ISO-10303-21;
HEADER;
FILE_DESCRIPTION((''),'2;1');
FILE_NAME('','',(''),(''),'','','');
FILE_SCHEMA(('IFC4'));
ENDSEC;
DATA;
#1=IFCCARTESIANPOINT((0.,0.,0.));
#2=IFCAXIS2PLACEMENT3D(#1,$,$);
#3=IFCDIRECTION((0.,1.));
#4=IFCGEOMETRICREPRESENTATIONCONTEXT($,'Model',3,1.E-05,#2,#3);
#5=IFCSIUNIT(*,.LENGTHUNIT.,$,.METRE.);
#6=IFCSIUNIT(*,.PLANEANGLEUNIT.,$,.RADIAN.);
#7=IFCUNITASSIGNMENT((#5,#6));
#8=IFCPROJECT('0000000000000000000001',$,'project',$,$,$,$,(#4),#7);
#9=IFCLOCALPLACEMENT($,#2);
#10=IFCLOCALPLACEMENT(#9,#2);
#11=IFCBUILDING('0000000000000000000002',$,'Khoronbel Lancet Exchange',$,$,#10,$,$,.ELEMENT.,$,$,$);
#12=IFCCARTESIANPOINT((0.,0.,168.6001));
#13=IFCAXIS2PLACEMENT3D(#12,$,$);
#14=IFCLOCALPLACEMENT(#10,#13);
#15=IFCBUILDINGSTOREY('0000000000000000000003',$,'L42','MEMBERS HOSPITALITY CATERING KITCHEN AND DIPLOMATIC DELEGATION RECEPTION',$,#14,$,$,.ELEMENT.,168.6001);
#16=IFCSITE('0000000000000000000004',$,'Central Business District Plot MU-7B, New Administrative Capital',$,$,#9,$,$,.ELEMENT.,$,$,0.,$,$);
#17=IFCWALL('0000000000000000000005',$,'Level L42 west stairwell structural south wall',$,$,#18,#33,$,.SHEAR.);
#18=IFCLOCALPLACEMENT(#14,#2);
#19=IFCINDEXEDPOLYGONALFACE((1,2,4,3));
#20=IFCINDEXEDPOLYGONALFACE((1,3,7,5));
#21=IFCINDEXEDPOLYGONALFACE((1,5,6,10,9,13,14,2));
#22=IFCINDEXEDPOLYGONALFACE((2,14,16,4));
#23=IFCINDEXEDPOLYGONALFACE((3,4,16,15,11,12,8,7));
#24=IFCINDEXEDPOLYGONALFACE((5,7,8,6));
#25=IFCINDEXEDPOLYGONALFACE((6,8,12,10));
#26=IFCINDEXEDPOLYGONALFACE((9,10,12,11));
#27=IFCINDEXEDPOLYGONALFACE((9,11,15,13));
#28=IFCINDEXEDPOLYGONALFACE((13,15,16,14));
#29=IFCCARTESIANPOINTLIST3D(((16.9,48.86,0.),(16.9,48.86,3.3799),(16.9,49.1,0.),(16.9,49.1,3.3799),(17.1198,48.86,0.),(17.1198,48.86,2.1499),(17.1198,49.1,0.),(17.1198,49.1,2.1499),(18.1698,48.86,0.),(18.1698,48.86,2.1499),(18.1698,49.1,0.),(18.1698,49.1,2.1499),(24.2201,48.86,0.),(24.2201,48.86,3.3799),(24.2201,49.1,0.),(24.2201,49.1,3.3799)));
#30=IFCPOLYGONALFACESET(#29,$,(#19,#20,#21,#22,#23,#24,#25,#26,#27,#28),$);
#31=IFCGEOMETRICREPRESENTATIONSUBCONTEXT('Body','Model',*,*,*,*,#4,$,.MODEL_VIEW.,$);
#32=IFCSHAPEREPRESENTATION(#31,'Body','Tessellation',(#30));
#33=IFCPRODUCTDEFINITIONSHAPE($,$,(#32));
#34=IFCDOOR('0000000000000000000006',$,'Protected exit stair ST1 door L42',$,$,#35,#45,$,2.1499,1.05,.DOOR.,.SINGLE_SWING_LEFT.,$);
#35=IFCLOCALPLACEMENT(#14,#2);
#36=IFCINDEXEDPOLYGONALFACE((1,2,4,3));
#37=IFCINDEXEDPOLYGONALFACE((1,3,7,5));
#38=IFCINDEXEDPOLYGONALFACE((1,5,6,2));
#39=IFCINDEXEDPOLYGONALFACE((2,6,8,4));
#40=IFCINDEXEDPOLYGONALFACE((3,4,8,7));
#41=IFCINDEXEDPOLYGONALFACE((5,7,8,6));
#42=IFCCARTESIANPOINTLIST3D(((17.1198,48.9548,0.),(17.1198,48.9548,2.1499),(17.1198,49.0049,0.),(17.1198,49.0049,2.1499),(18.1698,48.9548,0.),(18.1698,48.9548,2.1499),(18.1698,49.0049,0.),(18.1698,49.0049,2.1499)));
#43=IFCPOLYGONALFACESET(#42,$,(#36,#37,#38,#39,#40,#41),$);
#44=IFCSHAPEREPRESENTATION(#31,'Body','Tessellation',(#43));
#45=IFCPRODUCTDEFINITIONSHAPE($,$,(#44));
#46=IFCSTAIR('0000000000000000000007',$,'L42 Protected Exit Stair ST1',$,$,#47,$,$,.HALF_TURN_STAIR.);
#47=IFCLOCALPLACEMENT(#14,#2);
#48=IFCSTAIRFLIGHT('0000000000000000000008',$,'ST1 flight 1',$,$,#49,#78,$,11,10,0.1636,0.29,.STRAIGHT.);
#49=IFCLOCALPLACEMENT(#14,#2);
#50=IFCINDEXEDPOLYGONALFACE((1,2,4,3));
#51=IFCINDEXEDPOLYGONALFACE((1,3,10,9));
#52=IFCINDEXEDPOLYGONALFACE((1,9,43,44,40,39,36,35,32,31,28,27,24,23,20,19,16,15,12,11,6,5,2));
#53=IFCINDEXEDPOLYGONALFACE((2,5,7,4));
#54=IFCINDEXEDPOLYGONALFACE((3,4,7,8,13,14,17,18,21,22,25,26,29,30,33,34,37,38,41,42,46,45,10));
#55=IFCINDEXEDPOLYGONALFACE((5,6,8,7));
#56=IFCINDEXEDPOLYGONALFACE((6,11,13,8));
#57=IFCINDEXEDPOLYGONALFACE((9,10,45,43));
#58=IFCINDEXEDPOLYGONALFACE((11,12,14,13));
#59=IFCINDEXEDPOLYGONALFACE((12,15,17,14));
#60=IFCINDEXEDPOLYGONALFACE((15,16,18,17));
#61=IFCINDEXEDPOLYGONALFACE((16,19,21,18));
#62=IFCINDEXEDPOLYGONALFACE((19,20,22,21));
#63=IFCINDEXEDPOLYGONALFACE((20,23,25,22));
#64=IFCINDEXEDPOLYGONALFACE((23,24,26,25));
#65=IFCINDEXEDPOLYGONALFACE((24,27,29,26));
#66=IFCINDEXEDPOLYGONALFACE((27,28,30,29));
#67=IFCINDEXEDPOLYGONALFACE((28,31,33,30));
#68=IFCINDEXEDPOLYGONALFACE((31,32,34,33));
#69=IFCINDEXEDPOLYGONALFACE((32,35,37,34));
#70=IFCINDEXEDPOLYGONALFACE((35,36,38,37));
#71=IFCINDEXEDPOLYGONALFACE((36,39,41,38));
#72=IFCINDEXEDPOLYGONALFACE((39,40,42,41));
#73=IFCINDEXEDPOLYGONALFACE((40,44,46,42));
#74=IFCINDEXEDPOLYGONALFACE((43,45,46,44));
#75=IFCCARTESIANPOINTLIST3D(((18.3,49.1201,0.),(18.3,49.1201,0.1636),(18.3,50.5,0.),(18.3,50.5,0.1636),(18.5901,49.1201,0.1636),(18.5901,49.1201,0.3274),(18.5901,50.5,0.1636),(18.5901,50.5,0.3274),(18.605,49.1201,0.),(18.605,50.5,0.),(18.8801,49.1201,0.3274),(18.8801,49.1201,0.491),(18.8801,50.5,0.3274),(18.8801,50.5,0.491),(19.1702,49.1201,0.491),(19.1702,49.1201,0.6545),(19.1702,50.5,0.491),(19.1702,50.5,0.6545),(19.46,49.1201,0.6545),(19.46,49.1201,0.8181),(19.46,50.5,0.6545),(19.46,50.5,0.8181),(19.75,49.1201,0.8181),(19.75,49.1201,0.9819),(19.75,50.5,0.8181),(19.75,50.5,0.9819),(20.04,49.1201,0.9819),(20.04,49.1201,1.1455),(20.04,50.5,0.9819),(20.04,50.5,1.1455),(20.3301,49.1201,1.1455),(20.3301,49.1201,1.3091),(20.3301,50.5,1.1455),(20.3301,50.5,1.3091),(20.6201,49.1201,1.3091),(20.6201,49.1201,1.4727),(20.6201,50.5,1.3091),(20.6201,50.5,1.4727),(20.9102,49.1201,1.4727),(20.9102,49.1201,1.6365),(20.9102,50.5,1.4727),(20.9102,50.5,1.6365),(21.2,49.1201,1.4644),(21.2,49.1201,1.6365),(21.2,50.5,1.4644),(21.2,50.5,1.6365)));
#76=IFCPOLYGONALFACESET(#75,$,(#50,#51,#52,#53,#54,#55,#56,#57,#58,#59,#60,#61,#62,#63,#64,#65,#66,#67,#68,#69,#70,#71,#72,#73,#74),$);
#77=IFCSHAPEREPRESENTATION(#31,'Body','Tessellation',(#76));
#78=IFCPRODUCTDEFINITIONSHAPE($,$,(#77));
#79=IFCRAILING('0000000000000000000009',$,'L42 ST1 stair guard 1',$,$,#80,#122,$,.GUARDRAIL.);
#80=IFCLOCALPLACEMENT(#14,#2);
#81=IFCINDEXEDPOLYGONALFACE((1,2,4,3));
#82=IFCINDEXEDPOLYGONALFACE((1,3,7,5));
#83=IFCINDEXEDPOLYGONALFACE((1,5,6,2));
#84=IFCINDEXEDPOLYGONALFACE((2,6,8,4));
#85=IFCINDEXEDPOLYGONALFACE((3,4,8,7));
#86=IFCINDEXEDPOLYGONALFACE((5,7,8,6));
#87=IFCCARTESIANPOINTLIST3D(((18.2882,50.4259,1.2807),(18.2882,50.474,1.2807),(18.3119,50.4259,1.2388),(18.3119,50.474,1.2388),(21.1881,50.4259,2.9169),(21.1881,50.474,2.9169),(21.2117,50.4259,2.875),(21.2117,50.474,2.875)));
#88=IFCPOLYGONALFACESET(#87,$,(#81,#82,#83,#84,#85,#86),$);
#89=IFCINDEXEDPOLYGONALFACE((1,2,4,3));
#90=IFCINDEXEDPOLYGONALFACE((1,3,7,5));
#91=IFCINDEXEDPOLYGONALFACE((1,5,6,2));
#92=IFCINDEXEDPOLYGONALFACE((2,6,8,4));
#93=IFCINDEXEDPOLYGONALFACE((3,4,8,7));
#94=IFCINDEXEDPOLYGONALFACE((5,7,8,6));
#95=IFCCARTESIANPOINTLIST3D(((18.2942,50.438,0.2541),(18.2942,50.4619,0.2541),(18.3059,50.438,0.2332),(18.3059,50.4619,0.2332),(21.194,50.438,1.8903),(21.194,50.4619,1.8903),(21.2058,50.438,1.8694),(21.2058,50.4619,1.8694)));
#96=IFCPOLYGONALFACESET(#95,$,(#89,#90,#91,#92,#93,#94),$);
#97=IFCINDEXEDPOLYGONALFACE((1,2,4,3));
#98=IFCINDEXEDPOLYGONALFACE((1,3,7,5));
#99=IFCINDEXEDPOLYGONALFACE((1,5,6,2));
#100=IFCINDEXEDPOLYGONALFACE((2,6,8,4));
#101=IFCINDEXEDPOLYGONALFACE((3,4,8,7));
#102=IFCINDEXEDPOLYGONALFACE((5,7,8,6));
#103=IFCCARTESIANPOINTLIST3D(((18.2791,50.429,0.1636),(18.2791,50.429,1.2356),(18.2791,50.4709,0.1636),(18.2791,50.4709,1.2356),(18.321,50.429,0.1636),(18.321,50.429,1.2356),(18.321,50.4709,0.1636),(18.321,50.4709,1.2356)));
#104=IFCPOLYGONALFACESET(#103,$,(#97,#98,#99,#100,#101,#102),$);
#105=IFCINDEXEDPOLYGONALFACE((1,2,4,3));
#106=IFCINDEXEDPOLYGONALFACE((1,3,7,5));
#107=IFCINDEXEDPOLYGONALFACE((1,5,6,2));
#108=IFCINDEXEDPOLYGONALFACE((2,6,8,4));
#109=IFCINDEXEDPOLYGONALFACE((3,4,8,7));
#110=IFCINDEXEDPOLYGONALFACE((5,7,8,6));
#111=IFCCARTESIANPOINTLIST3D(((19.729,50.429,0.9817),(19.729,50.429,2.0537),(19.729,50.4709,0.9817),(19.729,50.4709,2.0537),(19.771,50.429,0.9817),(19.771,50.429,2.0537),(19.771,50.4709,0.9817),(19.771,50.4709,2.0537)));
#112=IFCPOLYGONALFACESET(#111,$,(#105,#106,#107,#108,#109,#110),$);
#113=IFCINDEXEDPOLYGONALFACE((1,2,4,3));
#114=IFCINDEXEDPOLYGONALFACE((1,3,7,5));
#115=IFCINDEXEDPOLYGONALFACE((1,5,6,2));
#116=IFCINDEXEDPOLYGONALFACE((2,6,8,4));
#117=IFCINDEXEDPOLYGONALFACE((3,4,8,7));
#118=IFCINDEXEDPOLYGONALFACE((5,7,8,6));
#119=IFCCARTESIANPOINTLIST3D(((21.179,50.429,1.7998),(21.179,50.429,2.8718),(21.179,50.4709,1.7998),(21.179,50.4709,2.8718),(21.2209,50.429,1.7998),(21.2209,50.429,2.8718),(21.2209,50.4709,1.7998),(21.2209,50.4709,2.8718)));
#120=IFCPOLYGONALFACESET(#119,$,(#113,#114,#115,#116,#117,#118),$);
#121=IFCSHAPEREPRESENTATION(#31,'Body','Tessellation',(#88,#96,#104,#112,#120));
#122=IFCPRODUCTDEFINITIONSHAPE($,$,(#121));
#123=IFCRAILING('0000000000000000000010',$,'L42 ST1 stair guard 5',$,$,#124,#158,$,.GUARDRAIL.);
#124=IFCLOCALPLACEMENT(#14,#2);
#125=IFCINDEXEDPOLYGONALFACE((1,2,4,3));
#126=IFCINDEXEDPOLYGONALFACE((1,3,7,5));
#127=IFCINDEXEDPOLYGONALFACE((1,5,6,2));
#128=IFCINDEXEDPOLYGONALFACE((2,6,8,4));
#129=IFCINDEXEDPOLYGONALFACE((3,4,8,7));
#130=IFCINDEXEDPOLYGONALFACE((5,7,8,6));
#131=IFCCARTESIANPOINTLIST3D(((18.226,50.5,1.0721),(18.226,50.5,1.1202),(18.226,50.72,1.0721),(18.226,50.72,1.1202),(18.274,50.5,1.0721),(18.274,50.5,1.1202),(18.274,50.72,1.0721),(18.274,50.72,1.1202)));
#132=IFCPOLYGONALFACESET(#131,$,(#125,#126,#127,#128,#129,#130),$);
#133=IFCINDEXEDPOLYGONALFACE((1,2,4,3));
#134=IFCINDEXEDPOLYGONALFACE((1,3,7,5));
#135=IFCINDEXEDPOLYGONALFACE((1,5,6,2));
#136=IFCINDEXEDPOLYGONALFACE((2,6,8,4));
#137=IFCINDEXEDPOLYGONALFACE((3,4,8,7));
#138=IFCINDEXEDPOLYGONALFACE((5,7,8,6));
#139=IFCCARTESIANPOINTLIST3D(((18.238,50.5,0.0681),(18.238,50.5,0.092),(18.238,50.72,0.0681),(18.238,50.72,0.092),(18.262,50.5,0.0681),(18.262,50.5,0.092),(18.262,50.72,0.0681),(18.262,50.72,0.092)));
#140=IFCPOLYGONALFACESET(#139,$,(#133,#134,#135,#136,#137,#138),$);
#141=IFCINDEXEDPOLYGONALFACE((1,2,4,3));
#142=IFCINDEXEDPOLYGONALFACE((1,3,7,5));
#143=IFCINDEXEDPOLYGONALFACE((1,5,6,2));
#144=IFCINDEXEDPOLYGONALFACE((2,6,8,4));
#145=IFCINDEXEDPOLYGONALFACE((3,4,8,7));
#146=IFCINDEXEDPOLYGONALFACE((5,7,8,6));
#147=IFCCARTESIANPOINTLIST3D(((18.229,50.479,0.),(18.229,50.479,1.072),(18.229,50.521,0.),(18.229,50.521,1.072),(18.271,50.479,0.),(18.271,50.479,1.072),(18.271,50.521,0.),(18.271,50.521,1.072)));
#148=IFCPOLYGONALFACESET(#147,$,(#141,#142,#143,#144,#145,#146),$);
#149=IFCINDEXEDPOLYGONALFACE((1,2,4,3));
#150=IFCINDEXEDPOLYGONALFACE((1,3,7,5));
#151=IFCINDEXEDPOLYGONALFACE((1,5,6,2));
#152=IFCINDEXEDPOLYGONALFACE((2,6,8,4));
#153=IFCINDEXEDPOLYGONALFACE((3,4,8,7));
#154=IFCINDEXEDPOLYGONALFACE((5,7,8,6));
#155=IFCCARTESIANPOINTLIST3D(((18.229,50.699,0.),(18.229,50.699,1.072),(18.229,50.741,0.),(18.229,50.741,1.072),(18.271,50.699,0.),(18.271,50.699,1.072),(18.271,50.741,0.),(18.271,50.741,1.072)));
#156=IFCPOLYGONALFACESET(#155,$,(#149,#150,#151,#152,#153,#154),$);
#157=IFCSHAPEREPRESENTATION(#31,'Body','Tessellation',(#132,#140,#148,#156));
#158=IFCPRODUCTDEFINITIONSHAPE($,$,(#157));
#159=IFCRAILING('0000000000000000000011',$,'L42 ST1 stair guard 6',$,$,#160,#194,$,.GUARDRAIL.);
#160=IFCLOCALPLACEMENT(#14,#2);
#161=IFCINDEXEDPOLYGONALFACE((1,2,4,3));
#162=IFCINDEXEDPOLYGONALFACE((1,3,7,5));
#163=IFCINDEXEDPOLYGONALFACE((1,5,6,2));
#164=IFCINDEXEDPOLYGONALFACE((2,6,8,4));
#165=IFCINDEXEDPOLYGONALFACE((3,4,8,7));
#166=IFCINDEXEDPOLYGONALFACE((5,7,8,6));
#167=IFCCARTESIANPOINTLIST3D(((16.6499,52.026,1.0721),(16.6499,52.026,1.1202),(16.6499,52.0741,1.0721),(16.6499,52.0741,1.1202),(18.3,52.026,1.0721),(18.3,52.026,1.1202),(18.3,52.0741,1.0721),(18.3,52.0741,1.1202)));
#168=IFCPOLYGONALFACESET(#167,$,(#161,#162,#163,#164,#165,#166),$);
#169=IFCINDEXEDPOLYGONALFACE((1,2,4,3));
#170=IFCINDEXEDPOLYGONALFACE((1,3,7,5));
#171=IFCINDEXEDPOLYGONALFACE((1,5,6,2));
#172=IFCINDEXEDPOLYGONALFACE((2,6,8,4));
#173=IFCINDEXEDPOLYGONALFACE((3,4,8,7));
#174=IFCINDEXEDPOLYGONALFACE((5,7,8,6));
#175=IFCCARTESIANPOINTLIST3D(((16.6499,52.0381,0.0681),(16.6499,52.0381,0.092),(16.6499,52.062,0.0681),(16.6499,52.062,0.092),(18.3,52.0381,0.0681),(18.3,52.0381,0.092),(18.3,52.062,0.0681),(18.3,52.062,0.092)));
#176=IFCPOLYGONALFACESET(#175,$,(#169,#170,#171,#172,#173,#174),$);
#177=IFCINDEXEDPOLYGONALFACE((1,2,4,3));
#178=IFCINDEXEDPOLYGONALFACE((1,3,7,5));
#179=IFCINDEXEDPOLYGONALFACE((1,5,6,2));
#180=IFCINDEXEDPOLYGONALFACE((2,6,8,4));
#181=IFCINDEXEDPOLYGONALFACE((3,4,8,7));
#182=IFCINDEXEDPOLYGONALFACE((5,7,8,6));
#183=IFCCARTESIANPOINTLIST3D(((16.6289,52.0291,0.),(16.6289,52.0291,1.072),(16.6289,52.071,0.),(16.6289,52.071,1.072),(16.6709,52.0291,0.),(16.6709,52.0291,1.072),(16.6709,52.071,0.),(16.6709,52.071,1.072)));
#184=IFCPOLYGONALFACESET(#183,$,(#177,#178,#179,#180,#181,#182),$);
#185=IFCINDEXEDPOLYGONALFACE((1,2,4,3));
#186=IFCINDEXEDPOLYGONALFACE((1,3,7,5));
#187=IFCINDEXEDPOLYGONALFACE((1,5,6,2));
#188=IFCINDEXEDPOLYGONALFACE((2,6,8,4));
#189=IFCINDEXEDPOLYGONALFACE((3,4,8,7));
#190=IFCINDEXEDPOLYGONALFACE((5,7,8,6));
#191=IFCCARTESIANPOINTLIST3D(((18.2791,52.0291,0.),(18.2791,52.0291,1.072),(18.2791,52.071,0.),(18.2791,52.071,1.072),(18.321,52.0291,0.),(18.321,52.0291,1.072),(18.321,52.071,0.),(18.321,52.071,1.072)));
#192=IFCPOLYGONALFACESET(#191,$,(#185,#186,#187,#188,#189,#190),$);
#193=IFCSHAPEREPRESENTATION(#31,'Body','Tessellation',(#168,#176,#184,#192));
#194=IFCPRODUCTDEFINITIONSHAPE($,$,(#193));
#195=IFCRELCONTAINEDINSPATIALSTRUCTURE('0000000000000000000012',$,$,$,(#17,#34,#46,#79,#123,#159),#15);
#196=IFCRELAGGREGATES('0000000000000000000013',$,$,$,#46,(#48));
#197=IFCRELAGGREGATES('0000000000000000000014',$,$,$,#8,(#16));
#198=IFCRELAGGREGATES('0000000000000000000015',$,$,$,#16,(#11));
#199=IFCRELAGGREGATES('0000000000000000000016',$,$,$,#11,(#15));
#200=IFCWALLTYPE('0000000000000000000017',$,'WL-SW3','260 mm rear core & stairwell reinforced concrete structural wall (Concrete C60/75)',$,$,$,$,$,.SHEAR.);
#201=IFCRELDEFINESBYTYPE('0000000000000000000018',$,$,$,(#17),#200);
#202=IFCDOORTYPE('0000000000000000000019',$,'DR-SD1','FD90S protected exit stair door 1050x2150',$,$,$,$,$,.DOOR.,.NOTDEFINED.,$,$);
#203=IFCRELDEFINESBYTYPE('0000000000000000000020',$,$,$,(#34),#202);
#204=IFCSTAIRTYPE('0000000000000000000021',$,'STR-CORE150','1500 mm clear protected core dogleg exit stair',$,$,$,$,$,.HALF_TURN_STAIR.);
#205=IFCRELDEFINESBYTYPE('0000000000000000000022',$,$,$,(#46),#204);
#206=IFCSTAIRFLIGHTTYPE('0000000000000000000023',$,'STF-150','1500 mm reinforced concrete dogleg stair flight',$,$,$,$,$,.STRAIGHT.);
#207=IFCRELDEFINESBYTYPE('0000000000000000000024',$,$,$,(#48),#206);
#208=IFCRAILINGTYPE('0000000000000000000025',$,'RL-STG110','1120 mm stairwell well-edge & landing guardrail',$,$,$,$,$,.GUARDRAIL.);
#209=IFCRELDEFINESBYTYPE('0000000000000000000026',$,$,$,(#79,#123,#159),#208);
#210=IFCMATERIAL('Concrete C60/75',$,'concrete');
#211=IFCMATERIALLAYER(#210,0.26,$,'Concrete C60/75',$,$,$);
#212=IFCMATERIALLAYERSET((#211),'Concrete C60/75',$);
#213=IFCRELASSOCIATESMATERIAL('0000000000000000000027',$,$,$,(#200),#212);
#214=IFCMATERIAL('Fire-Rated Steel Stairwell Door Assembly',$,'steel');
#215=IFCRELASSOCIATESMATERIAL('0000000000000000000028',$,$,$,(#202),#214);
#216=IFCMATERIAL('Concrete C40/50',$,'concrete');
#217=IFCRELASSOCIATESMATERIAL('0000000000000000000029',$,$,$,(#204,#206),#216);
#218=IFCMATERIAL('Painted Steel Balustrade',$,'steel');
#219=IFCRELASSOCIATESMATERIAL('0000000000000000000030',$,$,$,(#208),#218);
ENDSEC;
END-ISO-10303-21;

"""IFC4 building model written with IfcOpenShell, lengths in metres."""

from ifc_helpers import new_model, si_unit, direction, frame, frame_2d, origin, origin_2d, place, context, subcontext, project, spatial, polyline, rectangle, outline, extrude, material, layer, layer_set, type_object, element, fill, aggregate, save


model = new_model("IFC4")

# Units and contexts
model_context = context("Model", 3, precision=1e-05, world=origin(), true_north=direction((0.0, 1.0)))
body_context = subcontext(model_context, "Body", "Model", "MODEL_VIEW")
ifc_project = project(units=[si_unit("LENGTHUNIT", "METRE"), si_unit("PLANEANGLEUNIT", "RADIAN")], contexts=[model_context])

# Site, building, storey
site_placement = place(None, origin())
site = spatial("IfcSite", under=ifc_project, at=site_placement, Name="Central Business District Plot MU-7B, New Administrative Capital", CompositionType="ELEMENT", RefElevation=0.0)
building_placement = place(site_placement, origin())
building = spatial("IfcBuilding", under=site, at=building_placement, Name="Khoronbel Lancet Exchange", CompositionType="ELEMENT")
storey_placement = place(building_placement, frame((0.0, 0.0, 168.6001)))
storey = spatial("IfcBuildingStorey", under=building, at=storey_placement, Name="L42", Description="MEMBERS HOSPITALITY CATERING KITCHEN AND DIPLOMATIC DELEGATION RECEPTION", CompositionType="ELEMENT", Elevation=168.6001)

# Wall, opening, door
ifc_material_1 = material(Name="Concrete C60/75", Category="concrete")
ifc_layer_1 = layer(ifc_material_1, 0.26, Name="Concrete C60/75")
ifc_layer_set_1 = layer_set([ifc_layer_1], Name="Concrete C60/75")
wall_type_1 = type_object("IfcWallType", Name="WL-SW3", Description="260 mm rear core & stairwell reinforced concrete structural wall (Concrete C60/75)", PredefinedType="SHEAR", material=ifc_layer_set_1)
wall_1_placement = place(storey_placement, frame((16.8999, 48.98, 0.0), z_axis=(0.0, 0.0, 1.0), x_axis=(1.0, 0.0, 0.0)))
wall_1 = element("IfcWall", 1, at=wall_1_placement, inside=storey, type_object=wall_type_1, Name="Level L42 west stairwell structural south wall", PredefinedType="SHEAR", context=body_context, shape_type="SweptSolid", body=[
    extrude(rectangle(XDim=7.3201, YDim=0.24, at=frame_2d((3.6602, 0.0))), origin(), (0.0, 0.0, 1.0), 3.3799),
])
opening_placement = place(wall_1_placement, frame((0.22, 0.0, 0.0)))
opening = element("IfcOpeningElement", 2, at=opening_placement, cuts=wall_1, PredefinedType="OPENING", context=body_context, shape_type="SweptSolid", body=[
    extrude(rectangle(XDim=1.05, YDim=2.1499, at=frame_2d((0.5249, 1.075))), frame((0.0, 0.1299, 0.0), z_axis=(0.0, -1.0, 0.0), x_axis=(1.0, 0.0, 0.0)), (0.0, 0.0, 1.0), 0.26),
])
ifc_material_2 = material(Name="Fire-Rated Steel Stairwell Door Assembly", Category="steel")
door_type = type_object("IfcDoorType", Name="DR-SD1", Description="FD90S protected exit stair door 1050x2150", OperationType="NOTDEFINED", PredefinedType="DOOR", material=ifc_material_2)
door_placement = place(opening_placement, origin())
door = element("IfcDoor", 3, at=door_placement, inside=storey, type_object=door_type, Name="Protected exit stair ST1 door L42", OperationType="SINGLE_SWING_LEFT", OverallHeight=2.1499, OverallWidth=1.05, PredefinedType="DOOR", context=body_context, shape_type="SweptSolid", body=[
    extrude(rectangle(XDim=1.05, YDim=2.1499, at=frame_2d((0.5249, 1.075))), frame((0.0, 0.0249, 0.0), z_axis=(0.0, -1.0, 0.0), x_axis=(1.0, 0.0, 0.0)), (0.0, 0.0, 1.0), 0.05),
])
fill(opening, door)

# Stair, stair flight
ifc_material_3 = material(Name="Concrete C40/50", Category="concrete")
stair_type = type_object("IfcStairType", Name="STR-CORE150", Description="1500 mm clear protected core dogleg exit stair", PredefinedType="HALF_TURN_STAIR", material=ifc_material_3)
stair_placement = place(storey_placement, origin())
stair = element("IfcStair", 4, at=stair_placement, inside=storey, type_object=stair_type, Name="L42 Protected Exit Stair ST1", PredefinedType="HALF_TURN_STAIR")
stair_flight_type = type_object("IfcStairFlightType", Name="STF-150", Description="1500 mm reinforced concrete dogleg stair flight", PredefinedType="STRAIGHT", material=ifc_material_3)
stair_flight_placement = place(storey_placement, frame((18.3, 49.8101, 0.0), z_axis=(0.0, 0.0, 1.0), x_axis=(1.0, 0.0, 0.0)))
stair_flight = element("IfcStairFlight", 5, at=stair_flight_placement, type_object=stair_flight_type, Name="ST1 flight 1", NumberOfRisers=11, NumberOfTreads=10, PredefinedType="STRAIGHT", RiserHeight=0.1636, TreadLength=0.29, context=body_context, shape_type="SweptSolid", body=[
    extrude(outline(polyline([(0.0, 0.0), (0.0, 0.1636), (0.29, 0.1636), (0.29, 0.3274), (0.5801, 0.3274), (0.5801, 0.491), (0.8701, 0.491), (0.8701, 0.6545), (1.1599, 0.6545), (1.1599, 0.8181), (1.45, 0.8181), (1.45, 0.9819), (1.74, 0.9819), (1.74, 1.1455), (2.03, 1.1455), (2.03, 1.3091), (2.3201, 1.3091), (2.3201, 1.4727), (2.6101, 1.4727), (2.6101, 1.6365), (2.8999, 1.6365), (2.8999, 1.8), (2.8999, 1.4644), (0.3049, 0.0), (0.0, 0.0)])), frame((0.0, 0.6899, 0.0), z_axis=(0.0, -1.0, 0.0), x_axis=(1.0, 0.0, 0.0)), (0.0, 0.0, 1.0), 1.3799),
])
aggregate(stair, [stair_flight])

# Railings
ifc_material_4 = material(Name="Painted Steel Balustrade", Category="steel")
railing_type_1 = type_object("IfcRailingType", Name="RL-STG110", Description="1120 mm stairwell well-edge & landing guardrail", PredefinedType="GUARDRAIL", material=ifc_material_4)
railing_1_placement = place(storey_placement, frame((18.3, 50.45, 0.1636)))
element("IfcRailing", 6, at=railing_1_placement, inside=storey, type_object=railing_type_1, Name="L42 ST1 stair guard 1", PredefinedType="GUARDRAIL", context=body_context, shape_type="SweptSolid", body=[
    extrude(rectangle(XDim=0.0481, YDim=0.0481, at=origin_2d()), frame((0.0, 0.0, 1.0962), z_axis=(0.870929, 0.0, 0.49141), x_axis=(0.0, 1.0, 0.0)), (0.0, 0.0, 1.0), 3.3296),
    extrude(rectangle(XDim=0.0239, YDim=0.0239, at=origin_2d()), frame((0.0, 0.0, 0.0801), z_axis=(0.870929, 0.0, 0.49141), x_axis=(0.0, 1.0, 0.0)), (0.0, 0.0, 1.0), 3.3296),
    extrude(rectangle(XDim=0.042, YDim=0.042, at=origin_2d()), origin(), (0.0, 0.0, 1.0), 1.072),
    extrude(rectangle(XDim=0.042, YDim=0.042, at=origin_2d()), frame((1.45, 0.0, 0.8181)), (0.0, 0.0, 1.0), 1.072),
    extrude(rectangle(XDim=0.042, YDim=0.042, at=origin_2d()), frame((2.8999, 0.0, 1.6362)), (0.0, 0.0, 1.0), 1.072),
])
railing_2_placement = place(storey_placement, frame((18.25, 50.5, 0.0)))
element("IfcRailing", 7, at=railing_2_placement, inside=storey, type_object=railing_type_1, Name="L42 ST1 stair guard 5", PredefinedType="GUARDRAIL", context=body_context, shape_type="SweptSolid", body=[
    extrude(rectangle(XDim=0.0481, YDim=0.0481, at=origin_2d()), frame((0.0, 0.0, 1.0962), z_axis=(0.0, 1.0, 0.0), x_axis=(-1.0, 0.0, 0.0)), (0.0, 0.0, 1.0), 0.22),
    extrude(rectangle(XDim=0.0239, YDim=0.0239, at=origin_2d()), frame((0.0, 0.0, 0.0801), z_axis=(0.0, 1.0, 0.0), x_axis=(-1.0, 0.0, 0.0)), (0.0, 0.0, 1.0), 0.22),
    extrude(rectangle(XDim=0.042, YDim=0.042, at=origin_2d()), origin(), (0.0, 0.0, 1.0), 1.072),
    extrude(rectangle(XDim=0.042, YDim=0.042, at=origin_2d()), frame((0.0, 0.22, 0.0)), (0.0, 0.0, 1.0), 1.072),
])
railing_3_placement = place(storey_placement, frame((16.6499, 52.05, 0.0)))
element("IfcRailing", 8, at=railing_3_placement, inside=storey, type_object=railing_type_1, Name="L42 ST1 stair guard 6", PredefinedType="GUARDRAIL", context=body_context, shape_type="SweptSolid", body=[
    extrude(rectangle(XDim=0.0481, YDim=0.0481, at=origin_2d()), frame((0.0, 0.0, 1.0962), z_axis=(1.0, 0.0, 0.0), x_axis=(0.0, 1.0, 0.0)), (0.0, 0.0, 1.0), 1.6501),
    extrude(rectangle(XDim=0.0239, YDim=0.0239, at=origin_2d()), frame((0.0, 0.0, 0.0801), z_axis=(1.0, 0.0, 0.0), x_axis=(0.0, 1.0, 0.0)), (0.0, 0.0, 1.0), 1.6501),
    extrude(rectangle(XDim=0.042, YDim=0.042, at=origin_2d()), origin(), (0.0, 0.0, 1.0), 1.072),
    extrude(rectangle(XDim=0.042, YDim=0.042, at=origin_2d()), frame((1.6501, 0.0, 0.0)), (0.0, 0.0, 1.0), 1.072),
])

save(model, "model.ifc")
